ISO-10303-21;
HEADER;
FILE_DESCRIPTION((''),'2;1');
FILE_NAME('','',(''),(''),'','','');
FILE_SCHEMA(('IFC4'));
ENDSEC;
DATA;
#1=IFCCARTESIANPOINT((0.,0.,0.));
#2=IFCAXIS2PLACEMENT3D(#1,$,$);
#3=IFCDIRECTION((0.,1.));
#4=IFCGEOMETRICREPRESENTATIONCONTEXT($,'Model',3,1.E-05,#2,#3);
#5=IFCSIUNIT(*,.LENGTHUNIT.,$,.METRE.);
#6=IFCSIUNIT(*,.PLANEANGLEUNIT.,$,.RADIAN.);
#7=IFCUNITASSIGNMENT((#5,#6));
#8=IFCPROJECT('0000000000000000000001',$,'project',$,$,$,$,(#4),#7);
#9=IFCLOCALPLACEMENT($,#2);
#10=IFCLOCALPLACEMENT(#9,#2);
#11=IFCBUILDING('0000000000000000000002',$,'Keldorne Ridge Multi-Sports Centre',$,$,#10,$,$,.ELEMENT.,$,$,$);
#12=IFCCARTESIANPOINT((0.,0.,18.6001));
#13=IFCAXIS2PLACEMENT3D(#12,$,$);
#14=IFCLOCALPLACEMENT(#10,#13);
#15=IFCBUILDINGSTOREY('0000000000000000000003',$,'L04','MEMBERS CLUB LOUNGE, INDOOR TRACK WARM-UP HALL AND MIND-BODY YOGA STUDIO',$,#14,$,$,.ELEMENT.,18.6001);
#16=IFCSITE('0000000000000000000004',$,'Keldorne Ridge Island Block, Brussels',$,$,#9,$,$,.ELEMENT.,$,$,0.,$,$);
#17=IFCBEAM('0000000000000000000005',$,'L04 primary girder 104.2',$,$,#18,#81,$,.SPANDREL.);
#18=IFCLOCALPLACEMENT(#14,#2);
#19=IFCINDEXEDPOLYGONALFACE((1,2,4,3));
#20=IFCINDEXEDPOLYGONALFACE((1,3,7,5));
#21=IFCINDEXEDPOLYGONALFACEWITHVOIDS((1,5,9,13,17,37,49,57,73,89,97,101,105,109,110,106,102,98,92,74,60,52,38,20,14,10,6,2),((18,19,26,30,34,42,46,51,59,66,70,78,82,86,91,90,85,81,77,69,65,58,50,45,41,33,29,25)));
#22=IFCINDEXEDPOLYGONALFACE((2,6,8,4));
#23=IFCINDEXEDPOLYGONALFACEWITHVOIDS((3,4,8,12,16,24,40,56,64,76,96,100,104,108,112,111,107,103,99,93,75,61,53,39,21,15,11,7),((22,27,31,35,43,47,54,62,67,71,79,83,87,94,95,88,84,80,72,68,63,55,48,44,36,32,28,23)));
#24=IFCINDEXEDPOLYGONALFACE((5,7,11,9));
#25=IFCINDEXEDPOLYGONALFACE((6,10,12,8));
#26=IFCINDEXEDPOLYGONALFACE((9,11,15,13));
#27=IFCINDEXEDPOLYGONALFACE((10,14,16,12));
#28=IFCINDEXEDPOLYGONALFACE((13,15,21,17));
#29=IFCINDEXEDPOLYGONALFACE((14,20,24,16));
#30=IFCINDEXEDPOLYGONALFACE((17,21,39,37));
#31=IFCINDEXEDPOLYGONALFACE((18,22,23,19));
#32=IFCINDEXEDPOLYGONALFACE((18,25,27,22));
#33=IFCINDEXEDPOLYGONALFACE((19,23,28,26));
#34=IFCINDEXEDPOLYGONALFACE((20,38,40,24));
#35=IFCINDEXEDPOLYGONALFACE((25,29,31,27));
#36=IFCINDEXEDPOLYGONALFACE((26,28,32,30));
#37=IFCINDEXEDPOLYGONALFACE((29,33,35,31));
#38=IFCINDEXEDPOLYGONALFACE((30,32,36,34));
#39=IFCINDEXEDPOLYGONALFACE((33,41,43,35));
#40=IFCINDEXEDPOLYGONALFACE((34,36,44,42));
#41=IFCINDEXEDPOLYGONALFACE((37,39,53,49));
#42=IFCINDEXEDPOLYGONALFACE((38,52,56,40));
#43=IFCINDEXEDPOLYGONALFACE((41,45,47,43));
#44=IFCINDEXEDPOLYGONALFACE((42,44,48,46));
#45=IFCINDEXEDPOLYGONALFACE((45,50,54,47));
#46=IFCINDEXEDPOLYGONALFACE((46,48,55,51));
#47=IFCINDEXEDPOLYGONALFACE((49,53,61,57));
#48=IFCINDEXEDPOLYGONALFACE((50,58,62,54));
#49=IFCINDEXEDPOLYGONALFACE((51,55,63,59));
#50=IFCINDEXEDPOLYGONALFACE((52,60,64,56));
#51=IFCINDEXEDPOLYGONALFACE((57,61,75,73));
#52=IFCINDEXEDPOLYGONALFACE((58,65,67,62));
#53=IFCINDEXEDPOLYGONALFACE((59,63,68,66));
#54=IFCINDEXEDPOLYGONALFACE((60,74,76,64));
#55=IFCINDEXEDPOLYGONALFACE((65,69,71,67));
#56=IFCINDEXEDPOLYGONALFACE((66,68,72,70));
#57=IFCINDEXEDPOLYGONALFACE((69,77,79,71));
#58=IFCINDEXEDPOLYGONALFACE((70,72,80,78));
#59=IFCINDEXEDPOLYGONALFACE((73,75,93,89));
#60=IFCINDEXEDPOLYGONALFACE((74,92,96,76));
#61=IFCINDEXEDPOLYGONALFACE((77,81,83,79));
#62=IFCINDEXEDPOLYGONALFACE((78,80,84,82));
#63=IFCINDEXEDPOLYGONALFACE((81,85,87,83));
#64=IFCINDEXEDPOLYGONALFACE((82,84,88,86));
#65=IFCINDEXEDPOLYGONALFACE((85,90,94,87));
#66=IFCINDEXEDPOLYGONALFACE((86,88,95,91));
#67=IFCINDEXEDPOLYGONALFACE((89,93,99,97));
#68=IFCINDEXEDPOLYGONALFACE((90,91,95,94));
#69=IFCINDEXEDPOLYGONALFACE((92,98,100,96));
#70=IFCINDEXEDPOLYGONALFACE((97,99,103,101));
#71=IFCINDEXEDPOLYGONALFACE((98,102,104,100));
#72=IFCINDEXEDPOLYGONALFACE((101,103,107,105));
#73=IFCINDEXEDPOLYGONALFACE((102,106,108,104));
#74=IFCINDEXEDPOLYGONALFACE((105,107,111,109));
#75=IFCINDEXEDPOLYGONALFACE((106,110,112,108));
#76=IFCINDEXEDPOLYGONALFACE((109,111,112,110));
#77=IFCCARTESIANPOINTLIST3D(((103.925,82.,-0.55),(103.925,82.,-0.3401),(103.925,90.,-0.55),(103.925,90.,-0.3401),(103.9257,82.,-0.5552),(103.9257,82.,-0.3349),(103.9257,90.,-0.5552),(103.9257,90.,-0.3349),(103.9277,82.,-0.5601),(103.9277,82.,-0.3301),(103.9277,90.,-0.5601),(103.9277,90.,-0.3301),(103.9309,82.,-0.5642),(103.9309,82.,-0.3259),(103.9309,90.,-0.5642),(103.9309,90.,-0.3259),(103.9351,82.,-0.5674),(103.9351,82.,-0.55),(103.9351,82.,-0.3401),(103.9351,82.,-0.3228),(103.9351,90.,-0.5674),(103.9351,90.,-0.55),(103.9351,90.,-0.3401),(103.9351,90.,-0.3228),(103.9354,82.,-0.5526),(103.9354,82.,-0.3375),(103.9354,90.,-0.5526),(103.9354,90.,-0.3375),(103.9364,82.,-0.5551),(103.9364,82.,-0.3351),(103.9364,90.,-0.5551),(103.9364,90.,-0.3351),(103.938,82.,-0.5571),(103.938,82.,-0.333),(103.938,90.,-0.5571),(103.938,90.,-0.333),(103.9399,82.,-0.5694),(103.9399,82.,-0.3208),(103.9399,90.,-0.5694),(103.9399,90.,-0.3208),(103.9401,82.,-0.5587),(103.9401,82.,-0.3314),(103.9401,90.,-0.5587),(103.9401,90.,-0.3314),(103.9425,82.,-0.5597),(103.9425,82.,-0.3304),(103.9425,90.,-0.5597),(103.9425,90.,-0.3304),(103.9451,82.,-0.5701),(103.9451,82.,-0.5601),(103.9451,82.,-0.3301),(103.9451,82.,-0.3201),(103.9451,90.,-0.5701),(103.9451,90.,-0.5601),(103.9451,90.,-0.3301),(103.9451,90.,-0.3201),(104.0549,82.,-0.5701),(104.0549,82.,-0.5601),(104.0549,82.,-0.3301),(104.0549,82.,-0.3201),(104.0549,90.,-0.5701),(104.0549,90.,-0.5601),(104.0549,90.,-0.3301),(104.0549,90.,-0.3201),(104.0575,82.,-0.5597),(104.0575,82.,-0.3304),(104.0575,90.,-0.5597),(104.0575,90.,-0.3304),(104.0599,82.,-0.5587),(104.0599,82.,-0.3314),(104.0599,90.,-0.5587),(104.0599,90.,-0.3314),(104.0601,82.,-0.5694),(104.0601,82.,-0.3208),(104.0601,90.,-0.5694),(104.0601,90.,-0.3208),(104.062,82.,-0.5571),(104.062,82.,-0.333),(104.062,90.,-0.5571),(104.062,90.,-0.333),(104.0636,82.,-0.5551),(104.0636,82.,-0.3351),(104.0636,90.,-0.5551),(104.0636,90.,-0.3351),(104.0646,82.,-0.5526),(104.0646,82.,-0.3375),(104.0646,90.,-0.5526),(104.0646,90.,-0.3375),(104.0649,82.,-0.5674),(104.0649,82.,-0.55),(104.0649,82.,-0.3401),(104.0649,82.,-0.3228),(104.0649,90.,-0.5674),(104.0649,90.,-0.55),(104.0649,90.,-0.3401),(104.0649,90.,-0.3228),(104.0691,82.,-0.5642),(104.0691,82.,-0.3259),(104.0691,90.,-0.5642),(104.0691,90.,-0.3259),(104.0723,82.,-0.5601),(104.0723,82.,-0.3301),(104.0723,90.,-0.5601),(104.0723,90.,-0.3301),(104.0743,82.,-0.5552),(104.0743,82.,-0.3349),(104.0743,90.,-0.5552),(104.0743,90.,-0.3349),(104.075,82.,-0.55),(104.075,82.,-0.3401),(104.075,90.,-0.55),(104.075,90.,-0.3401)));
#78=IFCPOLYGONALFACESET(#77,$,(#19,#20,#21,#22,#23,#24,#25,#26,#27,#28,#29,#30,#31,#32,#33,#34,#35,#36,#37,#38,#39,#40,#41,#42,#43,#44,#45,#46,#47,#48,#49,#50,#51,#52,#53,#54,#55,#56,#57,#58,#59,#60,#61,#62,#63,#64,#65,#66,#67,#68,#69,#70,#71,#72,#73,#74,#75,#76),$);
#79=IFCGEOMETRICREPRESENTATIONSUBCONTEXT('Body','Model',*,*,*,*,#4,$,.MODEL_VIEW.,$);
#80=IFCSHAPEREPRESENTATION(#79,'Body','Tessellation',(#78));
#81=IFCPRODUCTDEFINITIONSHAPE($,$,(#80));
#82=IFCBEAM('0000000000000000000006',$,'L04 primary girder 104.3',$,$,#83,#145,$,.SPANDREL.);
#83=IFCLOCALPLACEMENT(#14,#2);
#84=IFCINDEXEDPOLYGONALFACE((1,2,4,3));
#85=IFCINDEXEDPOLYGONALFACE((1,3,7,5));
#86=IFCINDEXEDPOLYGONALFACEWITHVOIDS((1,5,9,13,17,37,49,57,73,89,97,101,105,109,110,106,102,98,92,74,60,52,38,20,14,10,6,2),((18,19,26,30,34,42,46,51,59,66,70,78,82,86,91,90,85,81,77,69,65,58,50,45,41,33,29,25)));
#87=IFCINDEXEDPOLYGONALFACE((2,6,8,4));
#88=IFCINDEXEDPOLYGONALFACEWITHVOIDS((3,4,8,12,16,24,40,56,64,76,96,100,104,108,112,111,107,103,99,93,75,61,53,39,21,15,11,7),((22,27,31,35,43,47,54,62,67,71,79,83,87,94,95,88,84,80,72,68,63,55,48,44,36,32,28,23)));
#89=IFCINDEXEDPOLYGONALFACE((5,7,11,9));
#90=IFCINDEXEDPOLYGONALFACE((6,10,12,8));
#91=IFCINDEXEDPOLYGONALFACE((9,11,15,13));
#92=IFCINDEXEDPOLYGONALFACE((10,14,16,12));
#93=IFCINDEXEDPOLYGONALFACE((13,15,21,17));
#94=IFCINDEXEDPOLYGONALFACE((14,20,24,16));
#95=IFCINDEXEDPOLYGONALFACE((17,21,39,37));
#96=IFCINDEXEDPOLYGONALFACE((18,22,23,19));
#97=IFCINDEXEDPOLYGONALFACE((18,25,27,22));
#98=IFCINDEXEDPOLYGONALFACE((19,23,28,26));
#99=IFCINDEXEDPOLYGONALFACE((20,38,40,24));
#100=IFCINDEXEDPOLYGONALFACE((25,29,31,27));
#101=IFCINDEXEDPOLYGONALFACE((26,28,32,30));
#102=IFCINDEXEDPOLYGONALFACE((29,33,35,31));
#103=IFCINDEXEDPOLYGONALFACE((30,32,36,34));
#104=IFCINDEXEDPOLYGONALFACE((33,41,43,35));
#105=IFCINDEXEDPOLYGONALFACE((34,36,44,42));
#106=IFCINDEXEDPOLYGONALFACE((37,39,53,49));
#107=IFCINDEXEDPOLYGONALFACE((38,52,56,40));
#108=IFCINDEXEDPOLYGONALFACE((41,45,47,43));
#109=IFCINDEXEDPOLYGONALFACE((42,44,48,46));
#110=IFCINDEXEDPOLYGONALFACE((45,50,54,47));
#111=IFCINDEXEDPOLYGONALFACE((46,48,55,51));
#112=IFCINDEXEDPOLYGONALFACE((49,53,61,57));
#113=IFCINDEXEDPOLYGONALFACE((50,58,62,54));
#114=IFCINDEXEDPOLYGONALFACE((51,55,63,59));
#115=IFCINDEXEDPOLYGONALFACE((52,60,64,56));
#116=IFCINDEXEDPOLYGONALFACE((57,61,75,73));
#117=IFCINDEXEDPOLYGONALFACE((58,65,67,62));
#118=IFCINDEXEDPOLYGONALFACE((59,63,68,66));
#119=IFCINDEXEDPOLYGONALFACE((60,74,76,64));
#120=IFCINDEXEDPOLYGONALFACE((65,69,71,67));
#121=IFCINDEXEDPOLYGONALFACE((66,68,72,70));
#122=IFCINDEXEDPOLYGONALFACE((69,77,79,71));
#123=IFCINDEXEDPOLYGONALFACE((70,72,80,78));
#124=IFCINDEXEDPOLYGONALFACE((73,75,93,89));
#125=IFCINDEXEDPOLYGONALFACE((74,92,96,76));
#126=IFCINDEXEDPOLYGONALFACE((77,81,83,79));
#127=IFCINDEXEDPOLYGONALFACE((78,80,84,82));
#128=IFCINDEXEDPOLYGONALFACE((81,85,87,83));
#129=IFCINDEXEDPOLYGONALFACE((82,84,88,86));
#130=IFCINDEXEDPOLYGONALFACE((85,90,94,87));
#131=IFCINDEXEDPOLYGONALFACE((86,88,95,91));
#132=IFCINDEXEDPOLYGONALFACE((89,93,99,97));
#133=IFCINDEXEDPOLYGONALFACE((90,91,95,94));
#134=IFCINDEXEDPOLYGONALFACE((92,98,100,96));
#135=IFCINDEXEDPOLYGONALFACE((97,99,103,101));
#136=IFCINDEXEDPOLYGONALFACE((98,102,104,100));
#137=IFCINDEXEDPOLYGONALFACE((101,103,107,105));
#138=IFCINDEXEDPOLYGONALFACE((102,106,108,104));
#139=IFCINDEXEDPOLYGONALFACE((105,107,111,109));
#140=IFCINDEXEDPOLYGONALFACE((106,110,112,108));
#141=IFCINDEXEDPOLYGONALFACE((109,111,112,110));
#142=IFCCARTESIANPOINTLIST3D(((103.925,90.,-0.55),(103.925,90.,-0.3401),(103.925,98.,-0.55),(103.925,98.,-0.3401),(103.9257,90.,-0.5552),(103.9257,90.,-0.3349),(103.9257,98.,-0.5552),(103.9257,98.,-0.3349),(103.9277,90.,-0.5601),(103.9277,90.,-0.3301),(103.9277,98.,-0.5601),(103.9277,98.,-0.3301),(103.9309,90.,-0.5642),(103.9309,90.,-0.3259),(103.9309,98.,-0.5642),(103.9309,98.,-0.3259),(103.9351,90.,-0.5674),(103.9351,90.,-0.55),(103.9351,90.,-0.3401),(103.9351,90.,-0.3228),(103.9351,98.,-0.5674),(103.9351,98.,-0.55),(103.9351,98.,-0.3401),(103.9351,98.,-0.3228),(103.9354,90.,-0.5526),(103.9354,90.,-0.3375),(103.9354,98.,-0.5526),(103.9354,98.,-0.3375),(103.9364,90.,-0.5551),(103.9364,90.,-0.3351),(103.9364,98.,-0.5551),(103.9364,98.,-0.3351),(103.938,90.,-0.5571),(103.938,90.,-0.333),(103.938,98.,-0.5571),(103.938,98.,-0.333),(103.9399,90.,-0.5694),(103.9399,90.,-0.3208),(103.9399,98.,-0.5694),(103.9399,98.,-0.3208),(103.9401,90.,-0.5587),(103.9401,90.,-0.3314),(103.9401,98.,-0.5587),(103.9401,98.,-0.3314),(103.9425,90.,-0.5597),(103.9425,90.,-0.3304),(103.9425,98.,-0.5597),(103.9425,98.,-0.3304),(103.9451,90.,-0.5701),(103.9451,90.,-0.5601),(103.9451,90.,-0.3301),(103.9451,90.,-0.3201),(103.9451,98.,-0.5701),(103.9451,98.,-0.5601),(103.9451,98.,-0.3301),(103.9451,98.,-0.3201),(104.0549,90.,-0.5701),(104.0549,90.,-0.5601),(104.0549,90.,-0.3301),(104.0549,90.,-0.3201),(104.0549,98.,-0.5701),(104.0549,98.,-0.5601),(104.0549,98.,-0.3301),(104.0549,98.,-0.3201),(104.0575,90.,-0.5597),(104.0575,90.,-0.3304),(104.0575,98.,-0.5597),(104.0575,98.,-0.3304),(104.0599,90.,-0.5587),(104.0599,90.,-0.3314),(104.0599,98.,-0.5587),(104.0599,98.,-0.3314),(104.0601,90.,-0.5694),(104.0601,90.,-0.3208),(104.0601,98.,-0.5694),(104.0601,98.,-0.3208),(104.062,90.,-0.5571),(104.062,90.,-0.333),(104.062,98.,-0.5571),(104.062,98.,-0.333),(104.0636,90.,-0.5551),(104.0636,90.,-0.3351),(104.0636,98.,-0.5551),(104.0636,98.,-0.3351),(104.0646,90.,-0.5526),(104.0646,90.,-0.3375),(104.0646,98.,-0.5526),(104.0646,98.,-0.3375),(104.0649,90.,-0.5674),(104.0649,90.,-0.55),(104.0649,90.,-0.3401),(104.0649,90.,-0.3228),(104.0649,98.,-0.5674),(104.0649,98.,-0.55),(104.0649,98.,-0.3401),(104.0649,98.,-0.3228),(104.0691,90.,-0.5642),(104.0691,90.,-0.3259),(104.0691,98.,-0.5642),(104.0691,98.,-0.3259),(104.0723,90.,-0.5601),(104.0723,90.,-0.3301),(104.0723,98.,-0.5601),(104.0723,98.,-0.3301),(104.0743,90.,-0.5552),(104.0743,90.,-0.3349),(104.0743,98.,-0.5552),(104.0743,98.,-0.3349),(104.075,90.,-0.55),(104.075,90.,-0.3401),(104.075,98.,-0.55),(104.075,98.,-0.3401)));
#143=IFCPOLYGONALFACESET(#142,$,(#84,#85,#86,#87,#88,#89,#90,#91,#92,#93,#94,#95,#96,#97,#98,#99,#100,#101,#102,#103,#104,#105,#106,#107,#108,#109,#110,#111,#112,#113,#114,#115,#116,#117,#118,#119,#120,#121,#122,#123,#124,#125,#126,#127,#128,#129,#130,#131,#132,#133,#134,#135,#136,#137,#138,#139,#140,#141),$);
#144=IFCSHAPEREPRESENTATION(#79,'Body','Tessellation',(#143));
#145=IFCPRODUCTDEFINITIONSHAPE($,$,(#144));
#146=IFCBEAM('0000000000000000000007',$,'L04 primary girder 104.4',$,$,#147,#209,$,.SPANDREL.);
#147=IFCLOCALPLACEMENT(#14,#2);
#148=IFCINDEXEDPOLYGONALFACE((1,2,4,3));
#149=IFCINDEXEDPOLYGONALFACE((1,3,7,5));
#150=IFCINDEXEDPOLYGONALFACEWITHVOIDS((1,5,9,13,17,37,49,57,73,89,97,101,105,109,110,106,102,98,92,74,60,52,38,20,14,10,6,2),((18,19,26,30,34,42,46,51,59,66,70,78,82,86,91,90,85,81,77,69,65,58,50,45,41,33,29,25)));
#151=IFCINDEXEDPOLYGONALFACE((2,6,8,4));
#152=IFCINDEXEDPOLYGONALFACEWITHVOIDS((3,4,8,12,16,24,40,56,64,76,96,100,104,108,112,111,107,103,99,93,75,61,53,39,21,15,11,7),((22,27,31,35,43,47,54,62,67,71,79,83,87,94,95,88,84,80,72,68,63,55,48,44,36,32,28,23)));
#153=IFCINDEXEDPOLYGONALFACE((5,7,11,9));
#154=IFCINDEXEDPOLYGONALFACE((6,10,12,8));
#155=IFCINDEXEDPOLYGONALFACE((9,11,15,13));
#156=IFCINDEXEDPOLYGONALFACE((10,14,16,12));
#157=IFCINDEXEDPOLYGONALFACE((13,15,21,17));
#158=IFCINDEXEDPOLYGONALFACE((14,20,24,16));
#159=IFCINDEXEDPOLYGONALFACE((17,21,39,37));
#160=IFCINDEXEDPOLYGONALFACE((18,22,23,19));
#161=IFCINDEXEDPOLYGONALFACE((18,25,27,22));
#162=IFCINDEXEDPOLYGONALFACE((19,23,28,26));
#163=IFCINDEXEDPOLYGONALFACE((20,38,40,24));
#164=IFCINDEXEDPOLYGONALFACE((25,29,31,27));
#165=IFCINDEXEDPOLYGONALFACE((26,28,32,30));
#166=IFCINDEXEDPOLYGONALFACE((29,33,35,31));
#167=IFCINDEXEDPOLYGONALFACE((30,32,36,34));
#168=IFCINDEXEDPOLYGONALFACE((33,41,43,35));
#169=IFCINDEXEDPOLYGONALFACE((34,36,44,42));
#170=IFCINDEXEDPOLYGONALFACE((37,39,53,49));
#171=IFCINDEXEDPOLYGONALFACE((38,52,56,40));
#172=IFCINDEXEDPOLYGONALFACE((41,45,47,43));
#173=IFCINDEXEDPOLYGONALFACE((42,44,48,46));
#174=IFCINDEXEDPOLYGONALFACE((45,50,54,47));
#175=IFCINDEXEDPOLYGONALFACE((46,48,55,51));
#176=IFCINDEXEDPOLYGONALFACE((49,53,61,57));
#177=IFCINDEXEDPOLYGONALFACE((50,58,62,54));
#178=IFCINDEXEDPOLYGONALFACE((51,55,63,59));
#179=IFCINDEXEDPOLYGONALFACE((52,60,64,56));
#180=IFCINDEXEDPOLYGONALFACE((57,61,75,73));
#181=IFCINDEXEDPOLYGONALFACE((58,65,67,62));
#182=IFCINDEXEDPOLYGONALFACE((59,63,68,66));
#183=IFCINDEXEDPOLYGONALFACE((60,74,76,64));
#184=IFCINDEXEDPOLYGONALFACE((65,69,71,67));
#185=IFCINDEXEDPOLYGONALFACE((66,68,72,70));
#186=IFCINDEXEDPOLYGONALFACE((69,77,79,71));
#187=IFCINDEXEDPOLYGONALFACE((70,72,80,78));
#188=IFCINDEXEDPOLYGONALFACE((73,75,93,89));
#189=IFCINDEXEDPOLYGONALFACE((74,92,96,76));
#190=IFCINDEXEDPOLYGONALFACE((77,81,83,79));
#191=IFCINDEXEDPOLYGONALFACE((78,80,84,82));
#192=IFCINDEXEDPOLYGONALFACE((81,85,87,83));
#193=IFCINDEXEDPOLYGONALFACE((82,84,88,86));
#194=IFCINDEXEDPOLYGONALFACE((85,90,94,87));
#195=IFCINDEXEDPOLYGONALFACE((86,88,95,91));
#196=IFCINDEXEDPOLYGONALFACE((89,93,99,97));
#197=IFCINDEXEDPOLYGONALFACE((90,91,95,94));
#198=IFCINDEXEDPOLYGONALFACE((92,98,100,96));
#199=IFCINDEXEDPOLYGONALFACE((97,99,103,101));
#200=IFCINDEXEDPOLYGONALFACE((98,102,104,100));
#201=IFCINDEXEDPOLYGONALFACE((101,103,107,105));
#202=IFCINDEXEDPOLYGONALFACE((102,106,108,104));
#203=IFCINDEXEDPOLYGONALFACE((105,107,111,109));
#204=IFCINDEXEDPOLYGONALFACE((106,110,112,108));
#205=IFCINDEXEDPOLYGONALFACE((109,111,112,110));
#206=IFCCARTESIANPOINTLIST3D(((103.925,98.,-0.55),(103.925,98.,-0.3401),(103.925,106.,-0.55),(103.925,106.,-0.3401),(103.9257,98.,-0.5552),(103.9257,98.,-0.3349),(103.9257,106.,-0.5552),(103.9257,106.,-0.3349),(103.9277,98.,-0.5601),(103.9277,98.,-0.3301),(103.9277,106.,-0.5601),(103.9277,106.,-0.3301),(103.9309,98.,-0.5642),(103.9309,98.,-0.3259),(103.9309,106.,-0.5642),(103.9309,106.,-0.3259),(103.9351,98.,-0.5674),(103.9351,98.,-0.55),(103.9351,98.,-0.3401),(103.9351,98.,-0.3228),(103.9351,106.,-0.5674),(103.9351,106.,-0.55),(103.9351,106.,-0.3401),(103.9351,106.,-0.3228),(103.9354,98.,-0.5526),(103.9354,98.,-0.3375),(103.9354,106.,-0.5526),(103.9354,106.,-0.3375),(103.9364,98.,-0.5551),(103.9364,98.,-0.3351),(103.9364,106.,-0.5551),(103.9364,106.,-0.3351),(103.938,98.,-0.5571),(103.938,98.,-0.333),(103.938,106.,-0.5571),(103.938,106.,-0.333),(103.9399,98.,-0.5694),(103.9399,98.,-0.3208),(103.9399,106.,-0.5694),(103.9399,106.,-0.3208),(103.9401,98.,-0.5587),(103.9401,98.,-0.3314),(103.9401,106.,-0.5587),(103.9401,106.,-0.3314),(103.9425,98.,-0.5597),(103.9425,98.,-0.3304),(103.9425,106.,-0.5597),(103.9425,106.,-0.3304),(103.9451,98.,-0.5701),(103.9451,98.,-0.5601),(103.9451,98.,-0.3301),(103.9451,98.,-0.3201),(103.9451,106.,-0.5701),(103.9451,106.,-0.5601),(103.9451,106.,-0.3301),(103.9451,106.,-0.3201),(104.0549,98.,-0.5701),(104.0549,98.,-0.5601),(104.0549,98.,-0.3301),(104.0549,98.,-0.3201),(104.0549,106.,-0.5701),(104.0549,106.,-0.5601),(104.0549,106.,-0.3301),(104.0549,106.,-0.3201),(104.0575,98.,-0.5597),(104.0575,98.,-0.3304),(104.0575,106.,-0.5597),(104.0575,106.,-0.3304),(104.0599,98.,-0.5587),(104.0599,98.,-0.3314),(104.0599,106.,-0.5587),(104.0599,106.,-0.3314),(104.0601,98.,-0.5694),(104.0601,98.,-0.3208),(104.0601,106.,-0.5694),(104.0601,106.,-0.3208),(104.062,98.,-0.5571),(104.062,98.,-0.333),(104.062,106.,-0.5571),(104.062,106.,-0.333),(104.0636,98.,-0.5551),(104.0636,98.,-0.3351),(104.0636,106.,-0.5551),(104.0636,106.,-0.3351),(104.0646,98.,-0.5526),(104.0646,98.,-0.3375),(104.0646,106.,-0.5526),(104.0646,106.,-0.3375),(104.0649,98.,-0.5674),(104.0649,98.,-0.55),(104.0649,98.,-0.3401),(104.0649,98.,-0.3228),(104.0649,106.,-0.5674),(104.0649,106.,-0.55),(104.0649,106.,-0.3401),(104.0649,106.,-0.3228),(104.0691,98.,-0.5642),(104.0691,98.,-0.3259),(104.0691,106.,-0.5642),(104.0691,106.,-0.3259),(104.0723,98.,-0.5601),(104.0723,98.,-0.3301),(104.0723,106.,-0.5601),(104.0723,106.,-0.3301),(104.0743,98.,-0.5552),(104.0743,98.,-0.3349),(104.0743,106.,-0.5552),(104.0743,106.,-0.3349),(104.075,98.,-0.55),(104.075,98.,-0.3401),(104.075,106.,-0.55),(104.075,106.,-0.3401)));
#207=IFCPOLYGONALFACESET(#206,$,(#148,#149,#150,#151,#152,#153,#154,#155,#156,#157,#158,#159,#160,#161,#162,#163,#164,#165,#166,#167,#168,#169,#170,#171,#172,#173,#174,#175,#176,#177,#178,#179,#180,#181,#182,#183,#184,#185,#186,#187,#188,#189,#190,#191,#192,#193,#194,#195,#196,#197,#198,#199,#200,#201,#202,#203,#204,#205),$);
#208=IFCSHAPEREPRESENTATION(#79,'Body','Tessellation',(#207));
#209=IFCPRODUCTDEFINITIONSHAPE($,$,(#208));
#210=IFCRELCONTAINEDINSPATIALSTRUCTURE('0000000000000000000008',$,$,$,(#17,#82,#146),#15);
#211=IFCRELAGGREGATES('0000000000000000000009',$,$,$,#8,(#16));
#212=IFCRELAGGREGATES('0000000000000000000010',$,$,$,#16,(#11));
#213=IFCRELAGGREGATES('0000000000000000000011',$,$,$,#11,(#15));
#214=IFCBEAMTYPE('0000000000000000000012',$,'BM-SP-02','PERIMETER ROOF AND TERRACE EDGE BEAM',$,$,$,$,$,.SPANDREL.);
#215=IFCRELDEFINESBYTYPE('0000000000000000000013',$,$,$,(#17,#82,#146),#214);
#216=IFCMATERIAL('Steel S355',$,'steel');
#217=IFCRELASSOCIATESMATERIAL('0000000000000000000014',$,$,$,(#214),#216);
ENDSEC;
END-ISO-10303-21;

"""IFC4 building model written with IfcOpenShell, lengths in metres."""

from ifc_helpers import new_model, si_unit, direction, frame, origin, origin_2d, place, context, subcontext, project, spatial, hollow_rectangle, extrude, material, material_profile, profile_set, type_object, element, save


model = new_model("IFC4")

# Units and contexts
model_context = context("Model", 3, precision=1e-05, world=origin(), true_north=direction((0.0, 1.0)))
body_context = subcontext(model_context, "Body", "Model", "MODEL_VIEW")
ifc_project = project(units=[si_unit("LENGTHUNIT", "METRE"), si_unit("PLANEANGLEUNIT", "RADIAN")], contexts=[model_context])

# Site, building, storey
site_placement = place(None, origin())
site = spatial("IfcSite", under=ifc_project, at=site_placement, Name="Keldorne Ridge Island Block, Brussels", CompositionType="ELEMENT", RefElevation=0.0)
building_placement = place(site_placement, origin())
building = spatial("IfcBuilding", under=site, at=building_placement, Name="Keldorne Ridge Multi-Sports Centre", CompositionType="ELEMENT")
storey_placement = place(building_placement, frame((0.0, 0.0, 18.6001)))
storey = spatial("IfcBuildingStorey", under=building, at=storey_placement, Name="L04", Description="MEMBERS CLUB LOUNGE, INDOOR TRACK WARM-UP HALL AND MIND-BODY YOGA STUDIO", CompositionType="ELEMENT", Elevation=18.6001)

# Shared definitions
ifc_material_1 = material(Name="Steel S355", Category="steel")

# Beams
ifc_material_profile_1 = material_profile(ifc_material_1, hollow_rectangle(XDim=0.1499, YDim=0.25, WallThickness=0.01, InnerFilletRadius=0.01, OuterFilletRadius=0.02, at=origin_2d()), Name="RHS 250x150x10")
ifc_profile_set_1 = profile_set([ifc_material_profile_1], Name="Steel S355")
beam_type_1 = type_object("IfcBeamType", Name="BM-SP-02", Description="PERIMETER ROOF AND TERRACE EDGE BEAM", PredefinedType="SPANDREL", material=ifc_profile_set_1)
for number, where, z_axis, x_axis, name in (
    (1, (104.0, 82.0, -0.4451), (0.0, 1.0, 0.0), (-1.0, 0.0, 0.0), "L04 primary girder 104.2"),
    (2, (104.0, 90.0, -0.4451), (0.0, 1.0, 0.0), (-1.0, 0.0, 0.0), "L04 primary girder 104.3"),
    (3, (104.0, 98.0, -0.4451), (0.0, 1.0, 0.0), (-1.0, 0.0, 0.0), "L04 primary girder 104.4"),
):
    element("IfcBeam", number, at=place(storey_placement, frame(where, z_axis=z_axis, x_axis=x_axis)), inside=storey, type_object=beam_type_1, Name=name, PredefinedType="SPANDREL", context=body_context, shape_type="SweptSolid", body=[
        extrude(hollow_rectangle(XDim=0.1499, YDim=0.25, WallThickness=0.01, InnerFilletRadius=0.01, OuterFilletRadius=0.02, at=origin_2d()), origin(), (0.0, 0.0, 1.0), 8.0),
    ])

save(model, "model.ifc")
